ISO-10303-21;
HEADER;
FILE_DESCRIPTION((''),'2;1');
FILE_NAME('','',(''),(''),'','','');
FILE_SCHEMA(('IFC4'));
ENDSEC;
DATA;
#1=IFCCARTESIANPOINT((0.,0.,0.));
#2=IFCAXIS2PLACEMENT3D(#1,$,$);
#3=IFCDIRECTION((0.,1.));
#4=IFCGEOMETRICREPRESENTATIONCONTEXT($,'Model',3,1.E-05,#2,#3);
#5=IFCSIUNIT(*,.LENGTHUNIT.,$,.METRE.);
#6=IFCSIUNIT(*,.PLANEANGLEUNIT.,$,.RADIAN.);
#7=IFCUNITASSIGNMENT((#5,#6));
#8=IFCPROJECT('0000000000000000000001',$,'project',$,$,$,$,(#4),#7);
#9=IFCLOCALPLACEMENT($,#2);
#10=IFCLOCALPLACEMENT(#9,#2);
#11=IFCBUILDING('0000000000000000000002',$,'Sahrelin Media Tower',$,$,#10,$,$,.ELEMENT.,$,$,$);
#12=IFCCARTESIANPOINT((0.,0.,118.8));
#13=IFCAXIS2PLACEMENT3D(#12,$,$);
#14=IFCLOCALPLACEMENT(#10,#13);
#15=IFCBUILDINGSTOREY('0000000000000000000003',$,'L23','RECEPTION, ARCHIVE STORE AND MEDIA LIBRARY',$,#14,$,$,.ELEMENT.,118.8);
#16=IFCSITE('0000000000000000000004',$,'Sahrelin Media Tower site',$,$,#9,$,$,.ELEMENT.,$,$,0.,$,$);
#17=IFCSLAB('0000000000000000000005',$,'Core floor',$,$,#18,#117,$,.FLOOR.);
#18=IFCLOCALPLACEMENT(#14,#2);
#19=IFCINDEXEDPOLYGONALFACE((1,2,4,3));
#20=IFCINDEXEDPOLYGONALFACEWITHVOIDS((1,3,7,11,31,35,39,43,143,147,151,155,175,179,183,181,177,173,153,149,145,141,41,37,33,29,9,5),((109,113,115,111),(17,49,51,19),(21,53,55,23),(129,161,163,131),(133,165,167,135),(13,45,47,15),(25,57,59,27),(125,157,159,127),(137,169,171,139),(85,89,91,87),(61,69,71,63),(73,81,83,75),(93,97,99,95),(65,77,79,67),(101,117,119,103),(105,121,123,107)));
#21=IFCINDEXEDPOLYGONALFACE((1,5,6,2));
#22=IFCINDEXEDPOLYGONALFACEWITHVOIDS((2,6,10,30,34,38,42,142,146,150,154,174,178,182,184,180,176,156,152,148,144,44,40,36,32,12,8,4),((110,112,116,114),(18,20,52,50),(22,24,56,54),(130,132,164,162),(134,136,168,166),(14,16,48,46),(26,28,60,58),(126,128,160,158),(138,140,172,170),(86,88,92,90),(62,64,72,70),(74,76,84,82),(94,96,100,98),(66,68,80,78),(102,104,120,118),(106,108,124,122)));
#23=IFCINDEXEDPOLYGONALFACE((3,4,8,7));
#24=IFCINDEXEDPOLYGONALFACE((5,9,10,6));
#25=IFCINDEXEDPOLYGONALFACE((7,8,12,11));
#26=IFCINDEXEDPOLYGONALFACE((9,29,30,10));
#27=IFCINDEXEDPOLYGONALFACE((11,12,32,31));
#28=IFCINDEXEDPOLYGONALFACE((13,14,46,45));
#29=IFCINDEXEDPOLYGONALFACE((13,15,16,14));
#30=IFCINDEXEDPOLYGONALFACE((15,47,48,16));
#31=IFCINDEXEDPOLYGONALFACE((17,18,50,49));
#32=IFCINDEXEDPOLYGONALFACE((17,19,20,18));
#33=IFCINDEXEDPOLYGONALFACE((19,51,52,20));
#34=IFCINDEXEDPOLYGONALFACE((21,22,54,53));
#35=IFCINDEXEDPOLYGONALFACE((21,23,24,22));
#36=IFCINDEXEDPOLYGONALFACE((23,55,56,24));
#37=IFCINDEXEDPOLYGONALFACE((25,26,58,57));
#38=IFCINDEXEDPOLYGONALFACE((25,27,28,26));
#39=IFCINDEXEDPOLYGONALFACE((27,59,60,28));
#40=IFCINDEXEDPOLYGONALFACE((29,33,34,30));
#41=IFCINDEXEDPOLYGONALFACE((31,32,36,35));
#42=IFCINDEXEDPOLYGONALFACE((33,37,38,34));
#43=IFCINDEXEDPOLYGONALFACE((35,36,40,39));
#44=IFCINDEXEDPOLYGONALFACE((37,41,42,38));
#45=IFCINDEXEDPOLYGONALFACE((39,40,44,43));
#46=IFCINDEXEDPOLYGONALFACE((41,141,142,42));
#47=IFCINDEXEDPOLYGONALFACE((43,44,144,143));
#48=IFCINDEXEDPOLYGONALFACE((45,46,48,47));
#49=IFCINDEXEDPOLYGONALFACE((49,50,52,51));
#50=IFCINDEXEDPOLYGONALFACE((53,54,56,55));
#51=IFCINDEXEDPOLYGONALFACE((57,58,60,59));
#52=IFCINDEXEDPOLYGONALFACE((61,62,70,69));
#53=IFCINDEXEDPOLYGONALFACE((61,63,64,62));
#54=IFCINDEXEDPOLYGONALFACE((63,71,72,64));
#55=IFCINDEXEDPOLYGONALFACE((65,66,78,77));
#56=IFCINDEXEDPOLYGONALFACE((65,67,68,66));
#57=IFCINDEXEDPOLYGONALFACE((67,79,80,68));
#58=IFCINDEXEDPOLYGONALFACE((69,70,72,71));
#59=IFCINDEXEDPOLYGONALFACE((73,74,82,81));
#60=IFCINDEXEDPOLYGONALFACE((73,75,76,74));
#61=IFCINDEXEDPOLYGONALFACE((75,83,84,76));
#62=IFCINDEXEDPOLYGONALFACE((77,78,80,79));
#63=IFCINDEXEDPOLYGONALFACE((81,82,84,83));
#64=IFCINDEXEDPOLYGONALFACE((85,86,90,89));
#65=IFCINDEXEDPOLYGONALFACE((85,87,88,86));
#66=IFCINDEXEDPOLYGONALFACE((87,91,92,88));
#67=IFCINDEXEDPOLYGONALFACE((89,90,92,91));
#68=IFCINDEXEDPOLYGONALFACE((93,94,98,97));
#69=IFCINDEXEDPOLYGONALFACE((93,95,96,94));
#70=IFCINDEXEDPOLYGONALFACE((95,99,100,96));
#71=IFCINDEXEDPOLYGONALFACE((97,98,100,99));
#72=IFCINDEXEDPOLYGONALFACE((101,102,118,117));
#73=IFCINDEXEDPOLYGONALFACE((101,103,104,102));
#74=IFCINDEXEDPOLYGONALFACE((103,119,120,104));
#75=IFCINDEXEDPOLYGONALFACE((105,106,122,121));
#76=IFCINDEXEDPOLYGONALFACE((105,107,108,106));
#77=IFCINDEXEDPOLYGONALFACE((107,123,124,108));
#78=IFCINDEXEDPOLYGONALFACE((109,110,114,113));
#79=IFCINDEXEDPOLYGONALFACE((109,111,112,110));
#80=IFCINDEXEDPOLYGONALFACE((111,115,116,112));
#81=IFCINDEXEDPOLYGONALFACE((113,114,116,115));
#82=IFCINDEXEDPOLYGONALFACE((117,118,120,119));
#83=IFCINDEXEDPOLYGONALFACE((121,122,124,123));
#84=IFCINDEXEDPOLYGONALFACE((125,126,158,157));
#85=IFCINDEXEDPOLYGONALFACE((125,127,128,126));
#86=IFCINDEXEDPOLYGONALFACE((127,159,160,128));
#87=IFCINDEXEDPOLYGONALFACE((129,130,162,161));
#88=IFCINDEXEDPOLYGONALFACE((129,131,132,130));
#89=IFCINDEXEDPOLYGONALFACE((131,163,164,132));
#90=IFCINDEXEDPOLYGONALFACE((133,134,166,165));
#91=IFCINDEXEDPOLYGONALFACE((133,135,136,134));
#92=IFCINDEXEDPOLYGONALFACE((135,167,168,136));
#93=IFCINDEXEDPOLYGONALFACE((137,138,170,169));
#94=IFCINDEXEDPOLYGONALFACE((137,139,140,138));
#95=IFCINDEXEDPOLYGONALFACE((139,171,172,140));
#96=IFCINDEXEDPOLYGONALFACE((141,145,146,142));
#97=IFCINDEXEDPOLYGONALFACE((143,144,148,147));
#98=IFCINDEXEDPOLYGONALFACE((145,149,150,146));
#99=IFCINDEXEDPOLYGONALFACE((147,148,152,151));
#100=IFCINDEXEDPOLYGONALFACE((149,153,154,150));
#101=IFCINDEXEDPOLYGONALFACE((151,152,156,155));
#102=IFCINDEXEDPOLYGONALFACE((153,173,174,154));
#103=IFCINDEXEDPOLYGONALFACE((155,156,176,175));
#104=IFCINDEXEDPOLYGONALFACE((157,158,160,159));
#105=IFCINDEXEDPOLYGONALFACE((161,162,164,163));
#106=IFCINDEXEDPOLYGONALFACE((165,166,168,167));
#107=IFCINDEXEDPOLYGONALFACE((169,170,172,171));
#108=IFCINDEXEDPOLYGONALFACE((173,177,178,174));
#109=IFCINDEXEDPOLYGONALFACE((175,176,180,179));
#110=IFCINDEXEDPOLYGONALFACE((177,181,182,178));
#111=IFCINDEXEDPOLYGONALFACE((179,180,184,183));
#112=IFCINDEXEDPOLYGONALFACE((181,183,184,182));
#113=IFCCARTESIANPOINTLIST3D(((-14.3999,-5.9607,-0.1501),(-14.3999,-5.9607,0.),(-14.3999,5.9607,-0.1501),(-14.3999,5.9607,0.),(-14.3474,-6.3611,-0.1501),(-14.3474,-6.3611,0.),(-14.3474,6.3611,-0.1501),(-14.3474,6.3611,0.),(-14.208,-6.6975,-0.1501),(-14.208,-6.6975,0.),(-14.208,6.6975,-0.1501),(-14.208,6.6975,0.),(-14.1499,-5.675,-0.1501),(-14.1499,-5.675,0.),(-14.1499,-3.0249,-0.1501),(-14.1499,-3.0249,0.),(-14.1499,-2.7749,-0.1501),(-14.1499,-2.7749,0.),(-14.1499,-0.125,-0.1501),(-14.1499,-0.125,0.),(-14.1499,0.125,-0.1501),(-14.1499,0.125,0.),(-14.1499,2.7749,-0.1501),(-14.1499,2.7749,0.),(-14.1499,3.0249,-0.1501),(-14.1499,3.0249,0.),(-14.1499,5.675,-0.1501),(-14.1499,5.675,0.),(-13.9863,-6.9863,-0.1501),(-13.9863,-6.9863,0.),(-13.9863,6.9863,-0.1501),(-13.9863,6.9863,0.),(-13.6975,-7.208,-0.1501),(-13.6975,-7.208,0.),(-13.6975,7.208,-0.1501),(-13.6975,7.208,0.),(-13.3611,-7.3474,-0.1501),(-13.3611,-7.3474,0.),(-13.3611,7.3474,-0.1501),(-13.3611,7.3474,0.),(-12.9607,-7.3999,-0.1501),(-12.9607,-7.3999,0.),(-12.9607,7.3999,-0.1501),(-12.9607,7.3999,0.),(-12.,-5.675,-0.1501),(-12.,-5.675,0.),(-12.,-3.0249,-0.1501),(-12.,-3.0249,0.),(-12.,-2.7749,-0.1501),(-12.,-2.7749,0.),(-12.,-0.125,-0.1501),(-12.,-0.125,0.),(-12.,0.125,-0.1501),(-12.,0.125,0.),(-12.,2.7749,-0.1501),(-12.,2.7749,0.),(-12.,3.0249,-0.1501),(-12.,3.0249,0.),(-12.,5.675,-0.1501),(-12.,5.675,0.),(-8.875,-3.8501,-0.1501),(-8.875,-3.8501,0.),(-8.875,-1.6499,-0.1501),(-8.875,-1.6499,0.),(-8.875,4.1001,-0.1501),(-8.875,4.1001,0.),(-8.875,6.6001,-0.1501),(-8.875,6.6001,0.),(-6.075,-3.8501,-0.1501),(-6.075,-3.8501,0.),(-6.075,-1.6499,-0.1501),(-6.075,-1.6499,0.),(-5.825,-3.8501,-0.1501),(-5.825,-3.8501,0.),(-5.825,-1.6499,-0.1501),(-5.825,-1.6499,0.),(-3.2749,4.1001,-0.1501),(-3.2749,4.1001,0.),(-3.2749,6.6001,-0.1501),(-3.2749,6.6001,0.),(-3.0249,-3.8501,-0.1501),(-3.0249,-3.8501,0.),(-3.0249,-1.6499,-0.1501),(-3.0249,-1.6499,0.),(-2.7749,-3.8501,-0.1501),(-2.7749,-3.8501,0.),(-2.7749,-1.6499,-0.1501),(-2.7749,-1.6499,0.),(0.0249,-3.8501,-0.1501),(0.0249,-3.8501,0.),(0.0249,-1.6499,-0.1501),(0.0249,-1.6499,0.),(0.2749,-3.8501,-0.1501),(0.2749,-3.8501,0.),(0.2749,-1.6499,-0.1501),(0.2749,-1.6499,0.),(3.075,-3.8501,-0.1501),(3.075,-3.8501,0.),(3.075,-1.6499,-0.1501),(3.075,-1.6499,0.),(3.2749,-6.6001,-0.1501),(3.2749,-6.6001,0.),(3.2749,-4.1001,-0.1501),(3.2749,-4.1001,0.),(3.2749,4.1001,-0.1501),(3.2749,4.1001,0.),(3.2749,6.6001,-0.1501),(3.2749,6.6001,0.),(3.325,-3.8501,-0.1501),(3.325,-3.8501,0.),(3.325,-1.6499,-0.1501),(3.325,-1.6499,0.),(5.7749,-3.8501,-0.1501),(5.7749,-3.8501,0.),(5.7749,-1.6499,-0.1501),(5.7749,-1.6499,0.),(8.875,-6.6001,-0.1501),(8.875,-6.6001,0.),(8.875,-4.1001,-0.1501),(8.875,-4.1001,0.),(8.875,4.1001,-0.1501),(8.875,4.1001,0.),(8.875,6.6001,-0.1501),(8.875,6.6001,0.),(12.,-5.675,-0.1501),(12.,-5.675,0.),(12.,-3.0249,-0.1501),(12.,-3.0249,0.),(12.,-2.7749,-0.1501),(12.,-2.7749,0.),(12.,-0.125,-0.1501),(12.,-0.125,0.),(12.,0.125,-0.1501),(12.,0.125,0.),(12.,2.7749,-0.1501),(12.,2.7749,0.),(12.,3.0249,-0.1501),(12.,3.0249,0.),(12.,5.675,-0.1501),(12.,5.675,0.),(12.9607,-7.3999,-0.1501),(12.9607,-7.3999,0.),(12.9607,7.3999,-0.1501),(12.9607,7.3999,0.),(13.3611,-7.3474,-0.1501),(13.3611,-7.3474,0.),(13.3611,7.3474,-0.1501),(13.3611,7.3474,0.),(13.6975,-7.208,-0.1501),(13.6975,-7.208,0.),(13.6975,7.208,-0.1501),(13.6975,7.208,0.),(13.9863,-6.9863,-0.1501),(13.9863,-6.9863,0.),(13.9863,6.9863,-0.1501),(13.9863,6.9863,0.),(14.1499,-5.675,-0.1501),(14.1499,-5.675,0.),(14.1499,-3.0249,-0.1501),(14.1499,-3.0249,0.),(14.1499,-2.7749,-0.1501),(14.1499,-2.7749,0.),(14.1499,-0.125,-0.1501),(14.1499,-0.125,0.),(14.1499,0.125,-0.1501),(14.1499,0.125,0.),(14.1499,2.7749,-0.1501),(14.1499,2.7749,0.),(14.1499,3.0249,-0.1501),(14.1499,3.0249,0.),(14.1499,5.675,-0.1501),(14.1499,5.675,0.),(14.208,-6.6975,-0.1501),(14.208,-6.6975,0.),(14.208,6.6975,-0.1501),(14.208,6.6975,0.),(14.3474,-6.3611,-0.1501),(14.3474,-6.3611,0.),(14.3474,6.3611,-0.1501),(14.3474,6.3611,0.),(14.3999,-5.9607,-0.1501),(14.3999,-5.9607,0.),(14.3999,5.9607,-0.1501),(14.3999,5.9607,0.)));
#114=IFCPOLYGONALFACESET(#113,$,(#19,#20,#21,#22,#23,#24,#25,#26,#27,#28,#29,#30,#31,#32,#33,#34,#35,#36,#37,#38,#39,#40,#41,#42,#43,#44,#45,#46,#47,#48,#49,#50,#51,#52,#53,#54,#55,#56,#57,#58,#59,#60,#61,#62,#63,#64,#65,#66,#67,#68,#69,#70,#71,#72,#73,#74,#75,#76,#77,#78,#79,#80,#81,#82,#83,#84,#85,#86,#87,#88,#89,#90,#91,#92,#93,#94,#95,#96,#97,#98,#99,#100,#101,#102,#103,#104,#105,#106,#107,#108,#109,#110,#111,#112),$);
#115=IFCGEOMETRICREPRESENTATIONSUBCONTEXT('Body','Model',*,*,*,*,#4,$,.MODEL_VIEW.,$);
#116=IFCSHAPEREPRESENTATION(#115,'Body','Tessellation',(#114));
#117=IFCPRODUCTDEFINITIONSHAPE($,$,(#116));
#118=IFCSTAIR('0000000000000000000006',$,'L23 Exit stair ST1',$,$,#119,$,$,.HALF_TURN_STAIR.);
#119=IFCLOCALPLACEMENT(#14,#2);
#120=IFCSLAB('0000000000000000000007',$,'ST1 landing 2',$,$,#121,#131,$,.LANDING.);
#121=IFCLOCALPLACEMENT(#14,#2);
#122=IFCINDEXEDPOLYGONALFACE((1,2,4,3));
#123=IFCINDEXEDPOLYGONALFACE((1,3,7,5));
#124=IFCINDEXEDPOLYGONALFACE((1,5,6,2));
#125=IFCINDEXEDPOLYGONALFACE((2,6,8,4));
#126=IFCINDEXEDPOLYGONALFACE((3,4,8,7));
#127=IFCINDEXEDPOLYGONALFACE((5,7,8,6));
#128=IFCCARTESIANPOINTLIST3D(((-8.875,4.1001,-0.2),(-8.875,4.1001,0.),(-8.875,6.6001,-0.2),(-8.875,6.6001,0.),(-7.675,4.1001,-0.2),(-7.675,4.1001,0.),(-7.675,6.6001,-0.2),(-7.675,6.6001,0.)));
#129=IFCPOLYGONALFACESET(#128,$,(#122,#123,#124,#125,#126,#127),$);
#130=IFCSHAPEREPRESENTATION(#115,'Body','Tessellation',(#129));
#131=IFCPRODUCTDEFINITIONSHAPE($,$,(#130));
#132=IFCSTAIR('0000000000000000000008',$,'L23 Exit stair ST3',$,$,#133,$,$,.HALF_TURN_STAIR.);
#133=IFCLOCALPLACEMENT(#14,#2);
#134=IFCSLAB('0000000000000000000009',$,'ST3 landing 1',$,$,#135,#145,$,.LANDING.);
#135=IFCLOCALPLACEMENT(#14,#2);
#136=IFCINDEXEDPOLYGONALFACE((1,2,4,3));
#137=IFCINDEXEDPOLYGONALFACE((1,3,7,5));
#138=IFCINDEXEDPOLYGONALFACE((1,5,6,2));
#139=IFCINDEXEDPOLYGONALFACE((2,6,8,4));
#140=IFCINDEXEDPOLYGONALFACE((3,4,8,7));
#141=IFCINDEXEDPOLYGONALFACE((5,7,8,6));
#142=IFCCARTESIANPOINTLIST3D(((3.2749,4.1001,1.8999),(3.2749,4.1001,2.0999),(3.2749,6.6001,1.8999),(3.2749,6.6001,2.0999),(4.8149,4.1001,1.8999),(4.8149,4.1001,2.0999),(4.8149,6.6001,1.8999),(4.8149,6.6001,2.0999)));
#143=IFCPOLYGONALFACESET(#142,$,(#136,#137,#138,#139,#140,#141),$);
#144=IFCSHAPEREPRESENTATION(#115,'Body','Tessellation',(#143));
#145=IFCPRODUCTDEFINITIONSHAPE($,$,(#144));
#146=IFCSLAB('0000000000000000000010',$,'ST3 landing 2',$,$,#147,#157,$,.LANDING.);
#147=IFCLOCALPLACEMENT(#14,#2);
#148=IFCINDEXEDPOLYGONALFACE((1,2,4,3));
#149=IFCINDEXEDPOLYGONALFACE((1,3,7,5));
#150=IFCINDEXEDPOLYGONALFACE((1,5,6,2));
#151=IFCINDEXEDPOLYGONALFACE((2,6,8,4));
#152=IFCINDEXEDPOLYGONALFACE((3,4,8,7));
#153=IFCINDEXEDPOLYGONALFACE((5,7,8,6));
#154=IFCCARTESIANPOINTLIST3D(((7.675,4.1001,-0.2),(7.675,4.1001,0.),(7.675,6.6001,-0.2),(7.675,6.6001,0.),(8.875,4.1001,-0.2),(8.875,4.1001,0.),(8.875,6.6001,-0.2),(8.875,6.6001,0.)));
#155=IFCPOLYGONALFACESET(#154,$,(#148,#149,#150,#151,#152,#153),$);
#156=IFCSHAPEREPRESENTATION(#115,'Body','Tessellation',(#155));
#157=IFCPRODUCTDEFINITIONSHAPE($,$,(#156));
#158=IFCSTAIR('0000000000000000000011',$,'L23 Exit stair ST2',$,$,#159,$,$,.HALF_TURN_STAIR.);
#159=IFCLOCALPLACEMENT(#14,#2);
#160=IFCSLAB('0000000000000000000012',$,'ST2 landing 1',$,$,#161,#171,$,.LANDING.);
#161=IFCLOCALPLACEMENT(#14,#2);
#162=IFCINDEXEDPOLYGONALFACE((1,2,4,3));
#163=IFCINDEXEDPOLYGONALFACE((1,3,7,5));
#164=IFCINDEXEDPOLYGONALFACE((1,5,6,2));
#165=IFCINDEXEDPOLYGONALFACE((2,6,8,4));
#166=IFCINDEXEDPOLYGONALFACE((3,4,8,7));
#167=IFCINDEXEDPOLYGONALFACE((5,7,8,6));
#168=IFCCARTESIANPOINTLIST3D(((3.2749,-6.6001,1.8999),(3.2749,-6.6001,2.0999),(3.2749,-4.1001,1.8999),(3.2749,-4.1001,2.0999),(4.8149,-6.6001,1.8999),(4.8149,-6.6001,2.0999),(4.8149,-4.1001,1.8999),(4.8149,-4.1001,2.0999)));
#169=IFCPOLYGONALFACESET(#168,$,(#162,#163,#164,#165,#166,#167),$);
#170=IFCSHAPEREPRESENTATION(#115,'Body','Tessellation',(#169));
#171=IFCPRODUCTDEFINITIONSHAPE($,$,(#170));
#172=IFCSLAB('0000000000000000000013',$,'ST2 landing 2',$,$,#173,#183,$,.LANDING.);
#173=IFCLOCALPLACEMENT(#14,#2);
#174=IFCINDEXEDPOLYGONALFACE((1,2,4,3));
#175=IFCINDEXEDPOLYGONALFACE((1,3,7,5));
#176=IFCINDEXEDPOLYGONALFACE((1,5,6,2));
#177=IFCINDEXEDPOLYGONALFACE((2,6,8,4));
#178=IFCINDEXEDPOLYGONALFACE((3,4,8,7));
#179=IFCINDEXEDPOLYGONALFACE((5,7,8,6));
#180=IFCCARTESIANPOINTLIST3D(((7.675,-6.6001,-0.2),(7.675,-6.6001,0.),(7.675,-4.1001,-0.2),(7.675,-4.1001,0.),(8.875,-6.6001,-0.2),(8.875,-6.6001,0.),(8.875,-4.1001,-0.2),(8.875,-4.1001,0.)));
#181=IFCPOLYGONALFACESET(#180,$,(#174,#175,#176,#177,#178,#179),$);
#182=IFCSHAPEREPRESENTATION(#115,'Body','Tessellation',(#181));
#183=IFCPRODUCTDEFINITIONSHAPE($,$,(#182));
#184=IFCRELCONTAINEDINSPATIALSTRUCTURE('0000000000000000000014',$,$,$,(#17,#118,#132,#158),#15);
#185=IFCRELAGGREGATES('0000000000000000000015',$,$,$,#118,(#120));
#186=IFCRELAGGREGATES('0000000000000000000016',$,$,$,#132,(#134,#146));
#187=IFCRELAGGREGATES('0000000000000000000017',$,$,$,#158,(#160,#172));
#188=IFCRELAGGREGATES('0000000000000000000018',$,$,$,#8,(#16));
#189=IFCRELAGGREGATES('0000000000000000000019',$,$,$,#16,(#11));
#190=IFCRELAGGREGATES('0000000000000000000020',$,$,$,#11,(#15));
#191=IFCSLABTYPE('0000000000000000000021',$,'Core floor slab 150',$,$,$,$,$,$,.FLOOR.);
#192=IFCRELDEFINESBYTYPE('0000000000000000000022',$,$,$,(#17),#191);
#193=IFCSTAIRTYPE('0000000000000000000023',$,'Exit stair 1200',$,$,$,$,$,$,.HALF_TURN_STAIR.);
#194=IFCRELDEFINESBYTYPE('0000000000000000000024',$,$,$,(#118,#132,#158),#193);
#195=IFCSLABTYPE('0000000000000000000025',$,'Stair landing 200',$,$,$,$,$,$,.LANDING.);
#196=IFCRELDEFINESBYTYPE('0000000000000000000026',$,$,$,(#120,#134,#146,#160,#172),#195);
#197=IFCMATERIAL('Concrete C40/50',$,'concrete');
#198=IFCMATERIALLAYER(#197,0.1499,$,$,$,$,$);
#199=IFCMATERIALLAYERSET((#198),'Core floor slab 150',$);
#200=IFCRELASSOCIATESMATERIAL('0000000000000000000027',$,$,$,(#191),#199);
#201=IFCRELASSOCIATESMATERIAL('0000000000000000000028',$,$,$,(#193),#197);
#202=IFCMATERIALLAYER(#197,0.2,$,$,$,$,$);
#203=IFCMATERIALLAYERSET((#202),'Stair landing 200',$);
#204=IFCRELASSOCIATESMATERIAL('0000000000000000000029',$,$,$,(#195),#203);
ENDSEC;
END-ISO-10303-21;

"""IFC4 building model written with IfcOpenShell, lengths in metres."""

from ifc_helpers import new_model, si_unit, direction, frame, origin, place, context, subcontext, project, spatial, polyline, outline, extrude, material, layer, layer_set, type_object, element, aggregate, save


model = new_model("IFC4")

# Units and contexts
model_context = context("Model", 3, precision=1e-05, world=origin(), true_north=direction((0.0, 1.0)))
body_context = subcontext(model_context, "Body", "Model", "MODEL_VIEW")
ifc_project = project(units=[si_unit("LENGTHUNIT", "METRE"), si_unit("PLANEANGLEUNIT", "RADIAN")], contexts=[model_context])

# Site, building, storey
site_placement = place(None, origin())
site = spatial("IfcSite", under=ifc_project, at=site_placement, Name="Sahrelin Media Tower site", CompositionType="ELEMENT", RefElevation=0.0)
building_placement = place(site_placement, origin())
building = spatial("IfcBuilding", under=site, at=building_placement, Name="Sahrelin Media Tower", CompositionType="ELEMENT")
storey_placement = place(building_placement, frame((0.0, 0.0, 118.8)))
storey = spatial("IfcBuildingStorey", under=building, at=storey_placement, Name="L23", Description="RECEPTION, ARCHIVE STORE AND MEDIA LIBRARY", CompositionType="ELEMENT", Elevation=118.8)

# Slab
ifc_material_1 = material(Name="Concrete C40/50", Category="concrete")
ifc_layer_1 = layer(ifc_material_1, 0.1499)
ifc_layer_set_1 = layer_set([ifc_layer_1], Name="Core floor slab 150")
slab_type_1 = type_object("IfcSlabType", Name="Core floor slab 150", PredefinedType="FLOOR", material=ifc_layer_set_1)
slab_1_placement = place(storey_placement, frame((0.0, 0.0, -0.1501)))
element("IfcSlab", 1, at=slab_1_placement, inside=storey, type_object=slab_type_1, Name="Core floor", PredefinedType="FLOOR", context=body_context, shape_type="SweptSolid", body=[
    extrude(outline(polyline([(-14.3474, 6.3611), (-14.3999, 5.9607), (-14.3999, -5.9607), (-14.3474, -6.3611), (-14.208, -6.6975), (-13.9863, -6.9863), (-13.6975, -7.208), (-13.3611, -7.3474), (-12.9607, -7.3999), (12.9607, -7.3999), (13.3611, -7.3474), (13.6975, -7.208), (13.9863, -6.9863), (14.208, -6.6975), (14.3474, -6.3611), (14.3999, -5.9607), (14.3999, 5.9607), (14.3474, 6.3611), (14.208, 6.6975), (13.9863, 6.9863), (13.6975, 7.208), (13.3611, 7.3474), (12.9607, 7.3999), (-12.9607, 7.3999), (-13.3611, 7.3474), (-13.6975, 7.208), (-13.9863, 6.9863), (-14.208, 6.6975), (-14.3474, 6.3611)]), holes=[polyline([(-12.0, 3.0249), (-12.0, 5.675), (-14.1499, 5.675), (-14.1499, 3.0249), (-12.0, 3.0249)]), polyline([(-14.1499, 0.125), (-12.0, 0.125), (-12.0, 2.7749), (-14.1499, 2.7749), (-14.1499, 0.125)]), polyline([(-14.1499, -0.125), (-14.1499, -2.7749), (-12.0, -2.7749), (-12.0, -0.125), (-14.1499, -0.125)]), polyline([(-12.0, -3.0249), (-14.1499, -3.0249), (-14.1499, -5.675), (-12.0, -5.675), (-12.0, -3.0249)]), polyline([(14.1499, 3.0249), (14.1499, 5.675), (12.0, 5.675), (12.0, 3.0249), (14.1499, 3.0249)]), polyline([(12.0, 0.125), (14.1499, 0.125), (14.1499, 2.7749), (12.0, 2.7749), (12.0, 0.125)]), polyline([(12.0, -0.125), (12.0, -2.7749), (14.1499, -2.7749), (14.1499, -0.125), (12.0, -0.125)]), polyline([(14.1499, -3.0249), (12.0, -3.0249), (12.0, -5.675), (14.1499, -5.675), (14.1499, -3.0249)]), polyline([(-6.075, -3.8501), (-6.075, -1.6499), (-8.875, -1.6499), (-8.875, -3.8501), (-6.075, -3.8501)]), polyline([(-5.825, -3.8501), (-3.0249, -3.8501), (-3.0249, -1.6499), (-5.825, -1.6499), (-5.825, -3.8501)]), polyline([(-2.7749, -1.6499), (-2.7749, -3.8501), (0.0249, -3.8501), (0.0249, -1.6499), (-2.7749, -1.6499)]), polyline([(3.075, -1.6499), (0.2749, -1.6499), (0.2749, -3.8501), (3.075, -3.8501), (3.075, -1.6499)]), polyline([(5.7749, -3.8501), (5.7749, -1.6499), (3.325, -1.6499), (3.325, -3.8501), (5.7749, -3.8501)]), polyline([(-8.875, 6.6001), (-8.875, 4.1001), (-3.2749, 4.1001), (-3.2749, 6.6001), (-8.875, 6.6001)]), polyline([(3.2749, 4.1001), (8.875, 4.1001), (8.875, 6.6001), (3.2749, 6.6001), (3.2749, 4.1001)]), polyline([(3.2749, -4.1001), (3.2749, -6.6001), (8.875, -6.6001), (8.875, -4.1001), (3.2749, -4.1001)])]), origin(), (0.0, 0.0, 1.0), 0.1501),
])

# Stair, slab
stair_type = type_object("IfcStairType", Name="Exit stair 1200", PredefinedType="HALF_TURN_STAIR", material=ifc_material_1)
placement_1 = place(storey_placement, origin())
stair_1 = element("IfcStair", 2, at=placement_1, inside=storey, type_object=stair_type, Name="L23 Exit stair ST1", PredefinedType="HALF_TURN_STAIR")
ifc_layer_2 = layer(ifc_material_1, 0.2)
ifc_layer_set_2 = layer_set([ifc_layer_2], Name="Stair landing 200")
slab_type_2 = type_object("IfcSlabType", Name="Stair landing 200", PredefinedType="LANDING", material=ifc_layer_set_2)
placement_2 = place(storey_placement, frame((0.0, 0.0, -0.2)))
slab_2 = element("IfcSlab", 3, at=placement_2, type_object=slab_type_2, Name="ST1 landing 2", PredefinedType="LANDING", context=body_context, shape_type="SweptSolid", body=[
    extrude(outline(polyline([(-8.875, 4.1001), (-7.675, 4.1001), (-7.675, 6.6001), (-8.875, 6.6001), (-8.875, 4.1001)])), origin(), (0.0, 0.0, 1.0), 0.2),
])
aggregate(stair_1, [slab_2])

# Stairs, slabs
stair_2 = element("IfcStair", 4, at=placement_1, inside=storey, type_object=stair_type, Name="L23 Exit stair ST3", PredefinedType="HALF_TURN_STAIR")
placement_3 = place(storey_placement, frame((0.0, 0.0, 1.8999)))
slab_3 = element("IfcSlab", 5, at=placement_3, type_object=slab_type_2, Name="ST3 landing 1", PredefinedType="LANDING", context=body_context, shape_type="SweptSolid", body=[
    extrude(outline(polyline([(4.8149, 6.6001), (3.2749, 6.6001), (3.2749, 4.1001), (4.8149, 4.1001), (4.8149, 6.6001)])), origin(), (0.0, 0.0, 1.0), 0.2),
])
slab_4 = element("IfcSlab", 6, at=placement_2, type_object=slab_type_2, Name="ST3 landing 2", PredefinedType="LANDING", context=body_context, shape_type="SweptSolid", body=[
    extrude(outline(polyline([(8.875, 6.6001), (7.675, 6.6001), (7.675, 4.1001), (8.875, 4.1001), (8.875, 6.6001)])), origin(), (0.0, 0.0, 1.0), 0.2),
])
aggregate(stair_2, [slab_3, slab_4])
stair_3 = element("IfcStair", 7, at=placement_1, inside=storey, type_object=stair_type, Name="L23 Exit stair ST2", PredefinedType="HALF_TURN_STAIR")
slab_5 = element("IfcSlab", 8, at=placement_3, type_object=slab_type_2, Name="ST2 landing 1", PredefinedType="LANDING", context=body_context, shape_type="SweptSolid", body=[
    extrude(outline(polyline([(4.8149, -4.1001), (3.2749, -4.1001), (3.2749, -6.6001), (4.8149, -6.6001), (4.8149, -4.1001)])), origin(), (0.0, 0.0, 1.0), 0.2),
])
slab_6 = element("IfcSlab", 9, at=placement_2, type_object=slab_type_2, Name="ST2 landing 2", PredefinedType="LANDING", context=body_context, shape_type="SweptSolid", body=[
    extrude(outline(polyline([(8.875, -4.1001), (7.675, -4.1001), (7.675, -6.6001), (8.875, -6.6001), (8.875, -4.1001)])), origin(), (0.0, 0.0, 1.0), 0.2),
])
aggregate(stair_3, [slab_5, slab_6])

save(model, "model.ifc")
